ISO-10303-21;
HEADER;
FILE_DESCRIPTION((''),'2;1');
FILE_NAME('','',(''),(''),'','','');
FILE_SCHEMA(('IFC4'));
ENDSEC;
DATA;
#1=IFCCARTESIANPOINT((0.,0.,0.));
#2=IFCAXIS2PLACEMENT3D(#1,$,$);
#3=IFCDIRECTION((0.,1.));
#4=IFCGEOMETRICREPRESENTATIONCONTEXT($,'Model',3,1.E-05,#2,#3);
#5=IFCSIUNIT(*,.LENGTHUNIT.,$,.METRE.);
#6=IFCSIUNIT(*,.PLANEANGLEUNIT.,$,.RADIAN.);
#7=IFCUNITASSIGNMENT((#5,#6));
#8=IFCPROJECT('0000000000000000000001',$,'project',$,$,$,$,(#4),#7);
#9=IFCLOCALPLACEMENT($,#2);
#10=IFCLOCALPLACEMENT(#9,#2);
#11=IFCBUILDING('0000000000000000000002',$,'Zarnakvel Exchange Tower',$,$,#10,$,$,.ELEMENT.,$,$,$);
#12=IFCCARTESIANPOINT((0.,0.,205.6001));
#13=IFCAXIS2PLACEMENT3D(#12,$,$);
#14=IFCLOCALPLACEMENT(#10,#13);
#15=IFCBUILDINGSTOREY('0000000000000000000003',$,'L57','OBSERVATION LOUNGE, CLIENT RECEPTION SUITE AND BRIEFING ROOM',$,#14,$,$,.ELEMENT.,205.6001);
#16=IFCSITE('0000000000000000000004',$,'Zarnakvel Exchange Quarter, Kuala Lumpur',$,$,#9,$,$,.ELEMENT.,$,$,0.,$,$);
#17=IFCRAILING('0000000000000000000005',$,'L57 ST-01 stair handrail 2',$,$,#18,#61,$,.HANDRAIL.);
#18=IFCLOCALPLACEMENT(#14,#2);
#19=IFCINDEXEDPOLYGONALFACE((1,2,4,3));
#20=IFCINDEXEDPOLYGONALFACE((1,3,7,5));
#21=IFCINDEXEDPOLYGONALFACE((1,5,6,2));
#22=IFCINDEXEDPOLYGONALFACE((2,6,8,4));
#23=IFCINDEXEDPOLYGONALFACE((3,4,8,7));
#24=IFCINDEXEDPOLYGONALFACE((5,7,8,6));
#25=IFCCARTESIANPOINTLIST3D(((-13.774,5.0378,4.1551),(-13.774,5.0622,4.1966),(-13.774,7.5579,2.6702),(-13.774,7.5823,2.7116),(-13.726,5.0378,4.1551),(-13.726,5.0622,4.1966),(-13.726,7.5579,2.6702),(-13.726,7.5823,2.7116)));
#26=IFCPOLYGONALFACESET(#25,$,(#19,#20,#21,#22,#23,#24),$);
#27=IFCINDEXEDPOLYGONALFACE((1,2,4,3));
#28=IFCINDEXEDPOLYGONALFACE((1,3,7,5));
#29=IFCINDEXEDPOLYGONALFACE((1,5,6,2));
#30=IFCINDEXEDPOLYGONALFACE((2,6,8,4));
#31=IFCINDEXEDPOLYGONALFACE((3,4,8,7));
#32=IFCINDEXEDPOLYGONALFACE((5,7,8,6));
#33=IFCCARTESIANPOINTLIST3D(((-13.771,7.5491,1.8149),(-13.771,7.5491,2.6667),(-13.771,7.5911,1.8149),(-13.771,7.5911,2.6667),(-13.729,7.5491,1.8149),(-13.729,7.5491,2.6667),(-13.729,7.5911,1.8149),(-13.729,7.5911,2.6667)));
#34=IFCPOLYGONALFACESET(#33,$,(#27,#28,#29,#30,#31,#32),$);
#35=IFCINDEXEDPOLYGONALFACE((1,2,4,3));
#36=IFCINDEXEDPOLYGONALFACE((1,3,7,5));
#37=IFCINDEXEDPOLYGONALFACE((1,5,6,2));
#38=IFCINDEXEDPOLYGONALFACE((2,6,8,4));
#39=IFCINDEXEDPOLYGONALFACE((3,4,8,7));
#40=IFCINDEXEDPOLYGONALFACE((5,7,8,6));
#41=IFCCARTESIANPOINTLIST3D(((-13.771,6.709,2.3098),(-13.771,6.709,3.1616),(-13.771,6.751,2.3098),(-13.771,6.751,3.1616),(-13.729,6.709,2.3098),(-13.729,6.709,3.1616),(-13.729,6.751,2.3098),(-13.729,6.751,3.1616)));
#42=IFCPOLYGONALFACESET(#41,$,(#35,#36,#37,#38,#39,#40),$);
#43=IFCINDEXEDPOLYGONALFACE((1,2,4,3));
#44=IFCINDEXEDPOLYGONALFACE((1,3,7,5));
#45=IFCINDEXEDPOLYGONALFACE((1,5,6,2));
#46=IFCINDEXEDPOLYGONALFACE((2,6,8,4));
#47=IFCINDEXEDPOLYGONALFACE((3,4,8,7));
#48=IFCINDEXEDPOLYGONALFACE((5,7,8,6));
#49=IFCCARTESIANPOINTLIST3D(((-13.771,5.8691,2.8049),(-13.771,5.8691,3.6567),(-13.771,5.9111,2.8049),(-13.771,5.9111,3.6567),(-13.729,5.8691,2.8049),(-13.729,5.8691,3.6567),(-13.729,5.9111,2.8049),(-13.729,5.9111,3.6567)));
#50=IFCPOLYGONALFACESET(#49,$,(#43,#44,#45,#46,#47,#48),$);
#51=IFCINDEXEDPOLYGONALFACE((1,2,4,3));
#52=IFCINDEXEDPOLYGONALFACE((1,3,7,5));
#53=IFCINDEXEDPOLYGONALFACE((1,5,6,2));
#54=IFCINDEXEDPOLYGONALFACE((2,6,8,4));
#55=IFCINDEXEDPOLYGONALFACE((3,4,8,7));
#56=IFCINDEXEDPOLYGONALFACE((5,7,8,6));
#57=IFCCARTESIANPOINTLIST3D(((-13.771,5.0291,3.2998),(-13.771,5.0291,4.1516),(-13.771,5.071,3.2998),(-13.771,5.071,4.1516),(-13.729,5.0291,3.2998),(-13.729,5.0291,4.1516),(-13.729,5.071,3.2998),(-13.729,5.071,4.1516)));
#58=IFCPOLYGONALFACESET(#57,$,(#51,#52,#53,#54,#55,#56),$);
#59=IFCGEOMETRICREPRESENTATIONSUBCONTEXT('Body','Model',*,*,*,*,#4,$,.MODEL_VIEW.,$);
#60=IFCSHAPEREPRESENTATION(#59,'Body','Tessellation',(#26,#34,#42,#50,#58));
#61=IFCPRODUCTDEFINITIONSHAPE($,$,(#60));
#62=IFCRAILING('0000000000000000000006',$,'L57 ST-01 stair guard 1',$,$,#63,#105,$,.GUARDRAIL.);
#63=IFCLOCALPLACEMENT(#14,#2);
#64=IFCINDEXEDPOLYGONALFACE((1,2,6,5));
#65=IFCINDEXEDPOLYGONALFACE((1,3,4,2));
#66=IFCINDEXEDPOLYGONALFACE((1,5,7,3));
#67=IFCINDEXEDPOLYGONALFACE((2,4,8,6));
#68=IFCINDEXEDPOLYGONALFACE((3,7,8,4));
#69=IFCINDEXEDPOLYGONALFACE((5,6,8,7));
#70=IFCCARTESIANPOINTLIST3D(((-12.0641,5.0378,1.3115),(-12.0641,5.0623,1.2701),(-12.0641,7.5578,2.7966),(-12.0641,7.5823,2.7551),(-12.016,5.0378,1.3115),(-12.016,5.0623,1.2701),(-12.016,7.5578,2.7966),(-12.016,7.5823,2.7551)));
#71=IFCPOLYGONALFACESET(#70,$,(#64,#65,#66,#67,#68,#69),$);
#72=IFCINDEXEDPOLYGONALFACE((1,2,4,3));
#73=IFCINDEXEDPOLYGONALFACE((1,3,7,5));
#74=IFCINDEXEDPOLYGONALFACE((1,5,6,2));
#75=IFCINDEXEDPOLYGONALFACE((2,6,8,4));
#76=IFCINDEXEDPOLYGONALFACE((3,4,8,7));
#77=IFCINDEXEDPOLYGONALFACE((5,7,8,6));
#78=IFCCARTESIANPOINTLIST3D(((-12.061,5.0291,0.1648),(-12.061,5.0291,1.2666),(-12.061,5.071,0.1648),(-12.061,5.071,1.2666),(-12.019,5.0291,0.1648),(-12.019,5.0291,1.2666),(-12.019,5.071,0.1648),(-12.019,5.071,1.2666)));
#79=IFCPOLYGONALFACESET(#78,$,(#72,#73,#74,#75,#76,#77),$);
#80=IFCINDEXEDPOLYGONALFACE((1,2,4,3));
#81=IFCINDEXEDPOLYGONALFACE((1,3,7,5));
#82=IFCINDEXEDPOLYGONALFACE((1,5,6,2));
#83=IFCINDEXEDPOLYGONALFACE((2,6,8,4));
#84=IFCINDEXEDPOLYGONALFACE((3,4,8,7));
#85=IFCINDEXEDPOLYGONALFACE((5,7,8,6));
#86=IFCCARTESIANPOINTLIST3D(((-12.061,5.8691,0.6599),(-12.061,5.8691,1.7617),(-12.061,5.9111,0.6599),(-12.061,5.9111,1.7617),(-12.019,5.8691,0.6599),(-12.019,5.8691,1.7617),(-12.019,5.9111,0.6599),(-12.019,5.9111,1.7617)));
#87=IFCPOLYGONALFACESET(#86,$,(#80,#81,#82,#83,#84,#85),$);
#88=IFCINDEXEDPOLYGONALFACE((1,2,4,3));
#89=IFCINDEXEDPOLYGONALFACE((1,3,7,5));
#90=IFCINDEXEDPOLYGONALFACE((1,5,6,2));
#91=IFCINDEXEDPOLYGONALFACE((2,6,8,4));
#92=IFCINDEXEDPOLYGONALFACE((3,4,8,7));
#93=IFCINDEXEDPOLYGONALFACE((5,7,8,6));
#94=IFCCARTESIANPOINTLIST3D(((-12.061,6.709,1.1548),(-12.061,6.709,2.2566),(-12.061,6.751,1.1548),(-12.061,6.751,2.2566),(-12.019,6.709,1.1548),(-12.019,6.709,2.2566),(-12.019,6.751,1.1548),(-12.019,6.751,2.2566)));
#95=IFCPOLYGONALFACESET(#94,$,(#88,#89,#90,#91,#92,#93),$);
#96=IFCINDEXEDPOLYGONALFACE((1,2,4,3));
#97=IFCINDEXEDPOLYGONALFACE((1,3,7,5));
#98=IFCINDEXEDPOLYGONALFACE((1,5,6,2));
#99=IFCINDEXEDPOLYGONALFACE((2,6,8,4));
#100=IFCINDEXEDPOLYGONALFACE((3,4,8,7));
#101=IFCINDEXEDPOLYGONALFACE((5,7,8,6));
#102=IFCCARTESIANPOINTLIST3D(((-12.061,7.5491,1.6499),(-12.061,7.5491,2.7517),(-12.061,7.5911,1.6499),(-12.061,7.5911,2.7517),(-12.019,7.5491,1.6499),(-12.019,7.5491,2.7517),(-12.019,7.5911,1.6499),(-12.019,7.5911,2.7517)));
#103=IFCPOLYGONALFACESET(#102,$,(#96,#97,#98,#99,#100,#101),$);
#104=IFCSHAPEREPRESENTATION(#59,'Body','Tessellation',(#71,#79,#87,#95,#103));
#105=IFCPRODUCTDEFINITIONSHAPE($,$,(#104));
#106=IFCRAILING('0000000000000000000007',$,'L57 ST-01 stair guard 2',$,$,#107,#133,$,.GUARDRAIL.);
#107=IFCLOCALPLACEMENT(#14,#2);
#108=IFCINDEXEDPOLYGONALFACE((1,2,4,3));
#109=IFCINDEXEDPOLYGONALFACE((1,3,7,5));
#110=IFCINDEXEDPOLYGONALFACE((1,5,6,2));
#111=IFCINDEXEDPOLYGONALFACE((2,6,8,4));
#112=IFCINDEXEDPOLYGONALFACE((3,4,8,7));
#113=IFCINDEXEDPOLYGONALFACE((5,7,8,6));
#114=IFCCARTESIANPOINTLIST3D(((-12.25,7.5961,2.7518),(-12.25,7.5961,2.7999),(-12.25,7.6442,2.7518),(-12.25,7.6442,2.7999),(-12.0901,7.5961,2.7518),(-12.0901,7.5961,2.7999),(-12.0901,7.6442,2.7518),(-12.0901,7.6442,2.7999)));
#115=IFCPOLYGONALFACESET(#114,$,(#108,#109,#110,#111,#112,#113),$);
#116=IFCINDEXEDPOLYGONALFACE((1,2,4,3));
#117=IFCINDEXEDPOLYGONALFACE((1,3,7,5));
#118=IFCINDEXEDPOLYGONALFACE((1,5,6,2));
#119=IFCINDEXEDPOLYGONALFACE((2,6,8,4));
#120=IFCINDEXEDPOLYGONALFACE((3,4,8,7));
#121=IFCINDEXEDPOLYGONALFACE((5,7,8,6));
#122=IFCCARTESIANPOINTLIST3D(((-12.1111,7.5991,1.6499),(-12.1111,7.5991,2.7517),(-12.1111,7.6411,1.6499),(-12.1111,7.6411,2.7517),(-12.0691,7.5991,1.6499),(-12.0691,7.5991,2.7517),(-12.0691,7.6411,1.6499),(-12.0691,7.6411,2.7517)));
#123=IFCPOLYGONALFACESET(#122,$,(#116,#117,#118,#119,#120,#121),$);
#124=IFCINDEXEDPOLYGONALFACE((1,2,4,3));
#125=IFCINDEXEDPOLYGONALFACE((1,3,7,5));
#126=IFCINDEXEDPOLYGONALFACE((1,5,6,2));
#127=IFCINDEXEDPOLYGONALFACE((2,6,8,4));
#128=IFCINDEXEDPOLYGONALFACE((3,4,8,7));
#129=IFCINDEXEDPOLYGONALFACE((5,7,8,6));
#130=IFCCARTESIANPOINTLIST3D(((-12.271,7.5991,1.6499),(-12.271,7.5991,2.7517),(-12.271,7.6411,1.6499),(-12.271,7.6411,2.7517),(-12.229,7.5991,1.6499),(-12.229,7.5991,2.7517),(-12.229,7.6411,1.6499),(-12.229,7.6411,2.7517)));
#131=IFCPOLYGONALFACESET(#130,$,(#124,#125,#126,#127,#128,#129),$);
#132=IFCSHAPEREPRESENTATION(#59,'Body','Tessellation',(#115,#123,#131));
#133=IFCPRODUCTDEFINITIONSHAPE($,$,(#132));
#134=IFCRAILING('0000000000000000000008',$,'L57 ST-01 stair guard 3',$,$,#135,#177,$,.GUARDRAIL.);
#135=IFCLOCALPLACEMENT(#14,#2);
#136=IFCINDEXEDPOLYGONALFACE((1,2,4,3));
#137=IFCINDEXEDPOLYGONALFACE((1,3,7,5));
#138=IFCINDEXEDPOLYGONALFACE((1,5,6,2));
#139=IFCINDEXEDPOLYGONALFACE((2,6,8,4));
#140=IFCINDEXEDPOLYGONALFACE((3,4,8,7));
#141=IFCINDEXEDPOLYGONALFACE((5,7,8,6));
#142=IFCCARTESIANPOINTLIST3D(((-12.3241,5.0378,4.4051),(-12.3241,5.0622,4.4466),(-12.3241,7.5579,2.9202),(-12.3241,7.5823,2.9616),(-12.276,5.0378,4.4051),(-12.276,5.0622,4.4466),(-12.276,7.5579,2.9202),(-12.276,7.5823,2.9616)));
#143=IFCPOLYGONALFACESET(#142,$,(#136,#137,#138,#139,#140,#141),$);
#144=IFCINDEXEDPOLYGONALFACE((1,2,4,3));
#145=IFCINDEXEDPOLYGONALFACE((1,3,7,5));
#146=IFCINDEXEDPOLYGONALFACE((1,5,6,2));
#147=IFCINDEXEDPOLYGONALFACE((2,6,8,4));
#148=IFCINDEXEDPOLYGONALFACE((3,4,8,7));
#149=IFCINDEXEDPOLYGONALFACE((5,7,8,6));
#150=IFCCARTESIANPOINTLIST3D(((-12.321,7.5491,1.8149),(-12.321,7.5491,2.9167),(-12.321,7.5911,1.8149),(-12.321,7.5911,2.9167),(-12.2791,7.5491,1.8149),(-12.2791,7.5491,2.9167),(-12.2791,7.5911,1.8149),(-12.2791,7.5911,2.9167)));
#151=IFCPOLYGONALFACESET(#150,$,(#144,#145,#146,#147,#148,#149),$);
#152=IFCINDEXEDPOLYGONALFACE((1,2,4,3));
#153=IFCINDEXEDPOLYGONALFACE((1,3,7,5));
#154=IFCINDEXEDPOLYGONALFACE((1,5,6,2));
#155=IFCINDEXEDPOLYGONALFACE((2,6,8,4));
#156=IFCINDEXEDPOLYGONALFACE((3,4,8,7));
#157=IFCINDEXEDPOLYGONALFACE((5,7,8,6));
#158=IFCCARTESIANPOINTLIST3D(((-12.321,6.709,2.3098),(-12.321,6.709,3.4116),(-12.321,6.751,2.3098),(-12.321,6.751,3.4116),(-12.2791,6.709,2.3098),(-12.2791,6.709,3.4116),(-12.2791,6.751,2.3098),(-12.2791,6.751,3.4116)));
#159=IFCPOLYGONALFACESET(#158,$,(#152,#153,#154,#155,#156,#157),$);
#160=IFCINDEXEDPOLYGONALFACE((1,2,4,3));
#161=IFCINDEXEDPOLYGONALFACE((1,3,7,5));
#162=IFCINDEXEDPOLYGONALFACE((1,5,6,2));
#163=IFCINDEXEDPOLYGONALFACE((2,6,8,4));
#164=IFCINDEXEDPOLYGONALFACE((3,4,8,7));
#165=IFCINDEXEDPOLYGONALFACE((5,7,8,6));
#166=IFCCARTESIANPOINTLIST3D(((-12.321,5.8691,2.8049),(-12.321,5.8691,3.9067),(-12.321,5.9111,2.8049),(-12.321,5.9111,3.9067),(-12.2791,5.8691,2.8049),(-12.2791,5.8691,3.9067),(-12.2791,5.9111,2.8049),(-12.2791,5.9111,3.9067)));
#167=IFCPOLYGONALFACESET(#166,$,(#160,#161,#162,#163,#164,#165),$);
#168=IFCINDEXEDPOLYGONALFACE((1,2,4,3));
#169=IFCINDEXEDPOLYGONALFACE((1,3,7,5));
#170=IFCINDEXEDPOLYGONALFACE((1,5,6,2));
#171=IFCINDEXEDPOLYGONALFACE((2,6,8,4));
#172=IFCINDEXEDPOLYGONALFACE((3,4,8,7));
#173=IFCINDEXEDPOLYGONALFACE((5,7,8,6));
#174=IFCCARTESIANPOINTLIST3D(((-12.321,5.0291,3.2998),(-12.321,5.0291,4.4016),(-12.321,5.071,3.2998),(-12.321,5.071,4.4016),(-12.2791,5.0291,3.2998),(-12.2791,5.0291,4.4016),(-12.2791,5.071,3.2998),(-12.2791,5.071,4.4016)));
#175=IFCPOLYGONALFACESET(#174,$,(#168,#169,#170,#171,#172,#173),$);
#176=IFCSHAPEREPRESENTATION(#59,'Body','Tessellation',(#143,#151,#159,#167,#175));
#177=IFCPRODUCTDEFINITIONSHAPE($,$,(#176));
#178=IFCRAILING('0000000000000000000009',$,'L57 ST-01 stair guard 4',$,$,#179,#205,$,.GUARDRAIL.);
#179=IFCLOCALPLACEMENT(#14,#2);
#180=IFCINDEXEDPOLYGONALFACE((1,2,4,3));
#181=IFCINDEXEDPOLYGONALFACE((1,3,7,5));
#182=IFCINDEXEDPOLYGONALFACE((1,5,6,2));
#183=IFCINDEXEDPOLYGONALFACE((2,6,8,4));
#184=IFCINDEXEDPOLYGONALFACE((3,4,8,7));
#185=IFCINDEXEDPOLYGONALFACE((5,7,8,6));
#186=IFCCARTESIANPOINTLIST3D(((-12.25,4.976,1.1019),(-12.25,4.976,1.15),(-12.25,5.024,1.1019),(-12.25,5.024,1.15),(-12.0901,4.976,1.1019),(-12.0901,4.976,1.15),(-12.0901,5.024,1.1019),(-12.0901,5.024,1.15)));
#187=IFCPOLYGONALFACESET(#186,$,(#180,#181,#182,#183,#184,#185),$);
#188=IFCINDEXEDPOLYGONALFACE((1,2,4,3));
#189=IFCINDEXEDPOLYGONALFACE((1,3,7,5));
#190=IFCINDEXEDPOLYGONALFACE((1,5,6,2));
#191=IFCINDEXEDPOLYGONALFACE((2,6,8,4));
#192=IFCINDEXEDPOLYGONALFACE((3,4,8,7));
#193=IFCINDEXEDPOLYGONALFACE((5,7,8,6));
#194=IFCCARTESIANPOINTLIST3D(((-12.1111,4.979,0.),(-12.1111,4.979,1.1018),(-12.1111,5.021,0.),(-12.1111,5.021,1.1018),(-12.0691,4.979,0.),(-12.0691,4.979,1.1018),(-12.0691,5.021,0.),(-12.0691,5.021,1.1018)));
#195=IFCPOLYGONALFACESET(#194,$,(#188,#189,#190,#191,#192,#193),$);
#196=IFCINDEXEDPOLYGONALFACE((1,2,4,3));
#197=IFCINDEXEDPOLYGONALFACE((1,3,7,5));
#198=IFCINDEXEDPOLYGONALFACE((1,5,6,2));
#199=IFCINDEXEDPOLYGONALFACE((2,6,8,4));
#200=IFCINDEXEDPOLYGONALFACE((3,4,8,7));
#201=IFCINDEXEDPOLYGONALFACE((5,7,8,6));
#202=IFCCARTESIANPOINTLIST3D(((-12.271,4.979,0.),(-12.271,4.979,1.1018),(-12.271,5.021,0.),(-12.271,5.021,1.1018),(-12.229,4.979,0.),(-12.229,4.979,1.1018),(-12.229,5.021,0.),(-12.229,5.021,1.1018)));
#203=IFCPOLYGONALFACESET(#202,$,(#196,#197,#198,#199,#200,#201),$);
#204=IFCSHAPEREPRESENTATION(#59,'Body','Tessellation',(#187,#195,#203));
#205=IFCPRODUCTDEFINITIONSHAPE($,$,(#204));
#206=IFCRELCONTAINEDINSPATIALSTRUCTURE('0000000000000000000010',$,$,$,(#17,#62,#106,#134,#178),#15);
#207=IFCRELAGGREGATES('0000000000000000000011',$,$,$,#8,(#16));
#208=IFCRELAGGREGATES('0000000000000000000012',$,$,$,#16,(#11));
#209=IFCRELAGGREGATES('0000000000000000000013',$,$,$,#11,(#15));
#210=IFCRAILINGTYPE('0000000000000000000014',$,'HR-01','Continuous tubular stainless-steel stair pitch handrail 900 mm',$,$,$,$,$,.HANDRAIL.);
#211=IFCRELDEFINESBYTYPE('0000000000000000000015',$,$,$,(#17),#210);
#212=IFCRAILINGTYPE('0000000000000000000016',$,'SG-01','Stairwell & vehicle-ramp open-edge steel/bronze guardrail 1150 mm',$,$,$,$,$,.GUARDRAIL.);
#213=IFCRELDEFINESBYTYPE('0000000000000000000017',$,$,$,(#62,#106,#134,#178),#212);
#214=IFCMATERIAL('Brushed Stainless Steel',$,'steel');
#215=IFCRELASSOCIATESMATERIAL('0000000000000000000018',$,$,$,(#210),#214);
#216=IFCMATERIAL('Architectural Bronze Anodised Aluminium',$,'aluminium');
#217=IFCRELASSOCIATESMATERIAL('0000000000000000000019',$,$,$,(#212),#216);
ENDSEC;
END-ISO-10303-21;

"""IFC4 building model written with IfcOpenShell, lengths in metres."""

from ifc_helpers import new_model, si_unit, direction, frame, origin, origin_2d, place, context, subcontext, project, spatial, rectangle, extrude, material, type_object, element, save


model = new_model("IFC4")

# Units and contexts
model_context = context("Model", 3, precision=1e-05, world=origin(), true_north=direction((0.0, 1.0)))
body_context = subcontext(model_context, "Body", "Model", "MODEL_VIEW")
ifc_project = project(units=[si_unit("LENGTHUNIT", "METRE"), si_unit("PLANEANGLEUNIT", "RADIAN")], contexts=[model_context])

# Site, building, storey
site_placement = place(None, origin())
site = spatial("IfcSite", under=ifc_project, at=site_placement, Name="Zarnakvel Exchange Quarter, Kuala Lumpur", CompositionType="ELEMENT", RefElevation=0.0)
building_placement = place(site_placement, origin())
building = spatial("IfcBuilding", under=site, at=building_placement, Name="Zarnakvel Exchange Tower", CompositionType="ELEMENT")
storey_placement = place(building_placement, frame((0.0, 0.0, 205.6001)))
storey = spatial("IfcBuildingStorey", under=building, at=storey_placement, Name="L57", Description="OBSERVATION LOUNGE, CLIENT RECEPTION SUITE AND BRIEFING ROOM", CompositionType="ELEMENT", Elevation=205.6001)

# Shared definitions
ifc_material_1 = material(Name="Architectural Bronze Anodised Aluminium", Category="aluminium")

# Railings
ifc_material_2 = material(Name="Brushed Stainless Steel", Category="steel")
railing_type_1 = type_object("IfcRailingType", Name="HR-01", Description="Continuous tubular stainless-steel stair pitch handrail 900 mm", PredefinedType="HANDRAIL", material=ifc_material_2)
railing_1_placement = place(storey_placement, frame((-13.75, 7.5701, 1.8149)))
element("IfcRailing", 1, at=railing_1_placement, inside=storey, type_object=railing_type_1, Name="L57 ST-01 stair handrail 2", PredefinedType="HANDRAIL", context=body_context, shape_type="SweptSolid", body=[
    extrude(rectangle(XDim=0.0481, YDim=0.0481, at=origin_2d()), frame((0.0, 0.0, 0.876), z_axis=(0.0, -0.861561, 0.507655), x_axis=(1.0, 0.0, 0.0)), (0.0, 0.0, 1.0), 2.925),
    extrude(rectangle(XDim=0.042, YDim=0.042, at=origin_2d()), origin(), (0.0, 0.0, 1.0), 0.8518),
    extrude(rectangle(XDim=0.042, YDim=0.042, at=origin_2d()), frame((0.0, -0.8401, 0.4949)), (0.0, 0.0, 1.0), 0.8518),
    extrude(rectangle(XDim=0.042, YDim=0.042, at=origin_2d()), frame((0.0, -1.6799, 0.99)), (0.0, 0.0, 1.0), 0.8518),
    extrude(rectangle(XDim=0.042, YDim=0.042, at=origin_2d()), frame((0.0, -2.52, 1.4849)), (0.0, 0.0, 1.0), 0.8518),
])
railing_type_2 = type_object("IfcRailingType", Name="SG-01", Description="Stairwell & vehicle-ramp open-edge steel/bronze guardrail 1150 mm", PredefinedType="GUARDRAIL", material=ifc_material_1)
railing_2_placement = place(storey_placement, frame((-12.04, 5.05, 0.1648)))
element("IfcRailing", 2, at=railing_2_placement, inside=storey, type_object=railing_type_2, Name="L57 ST-01 stair guard 1", PredefinedType="GUARDRAIL", context=body_context, shape_type="SweptSolid", body=[
    extrude(rectangle(XDim=0.0481, YDim=0.0481, at=origin_2d()), frame((0.0, 0.0, 1.126), z_axis=(0.0, 0.861524, 0.507717), x_axis=(-1.0, 0.0, 0.0)), (0.0, 0.0, 1.0), 2.925),
    extrude(rectangle(XDim=0.042, YDim=0.042, at=origin_2d()), origin(), (0.0, 0.0, 1.0), 1.1018),
    extrude(rectangle(XDim=0.042, YDim=0.042, at=origin_2d()), frame((0.0, 0.8401, 0.4951)), (0.0, 0.0, 1.0), 1.1018),
    extrude(rectangle(XDim=0.042, YDim=0.042, at=origin_2d()), frame((0.0, 1.6799, 0.99)), (0.0, 0.0, 1.0), 1.1018),
    extrude(rectangle(XDim=0.042, YDim=0.042, at=origin_2d()), frame((0.0, 2.52, 1.4851)), (0.0, 0.0, 1.0), 1.1018),
])
railing_3_placement = place(storey_placement, frame((-12.0901, 7.6201, 1.6499)))
element("IfcRailing", 3, at=railing_3_placement, inside=storey, type_object=railing_type_2, Name="L57 ST-01 stair guard 2", PredefinedType="GUARDRAIL", context=body_context, shape_type="SweptSolid", body=[
    extrude(rectangle(XDim=0.0481, YDim=0.0481, at=origin_2d()), frame((0.0, 0.0, 1.126), z_axis=(-1.0, 0.0, 0.0), x_axis=(0.0, -1.0, 0.0)), (0.0, 0.0, 1.0), 0.1599),
    extrude(rectangle(XDim=0.042, YDim=0.042, at=origin_2d()), origin(), (0.0, 0.0, 1.0), 1.1018),
    extrude(rectangle(XDim=0.042, YDim=0.042, at=origin_2d()), frame((-0.1599, 0.0, 0.0)), (0.0, 0.0, 1.0), 1.1018),
])
railing_4_placement = place(storey_placement, frame((-12.3, 7.5701, 1.8149)))
element("IfcRailing", 4, at=railing_4_placement, inside=storey, type_object=railing_type_2, Name="L57 ST-01 stair guard 3", PredefinedType="GUARDRAIL", context=body_context, shape_type="SweptSolid", body=[
    extrude(rectangle(XDim=0.0481, YDim=0.0481, at=origin_2d()), frame((0.0, 0.0, 1.126), z_axis=(0.0, -0.861561, 0.507655), x_axis=(1.0, 0.0, 0.0)), (0.0, 0.0, 1.0), 2.925),
    extrude(rectangle(XDim=0.042, YDim=0.042, at=origin_2d()), origin(), (0.0, 0.0, 1.0), 1.1018),
    extrude(rectangle(XDim=0.042, YDim=0.042, at=origin_2d()), frame((0.0, -0.8401, 0.4949)), (0.0, 0.0, 1.0), 1.1018),
    extrude(rectangle(XDim=0.042, YDim=0.042, at=origin_2d()), frame((0.0, -1.6799, 0.99)), (0.0, 0.0, 1.0), 1.1018),
    extrude(rectangle(XDim=0.042, YDim=0.042, at=origin_2d()), frame((0.0, -2.52, 1.4849)), (0.0, 0.0, 1.0), 1.1018),
])
railing_5_placement = place(storey_placement, frame((-12.0901, 5.0, 0.0)))
element("IfcRailing", 5, at=railing_5_placement, inside=storey, type_object=railing_type_2, Name="L57 ST-01 stair guard 4", PredefinedType="GUARDRAIL", context=body_context, shape_type="SweptSolid", body=[
    extrude(rectangle(XDim=0.0481, YDim=0.0481, at=origin_2d()), frame((0.0, 0.0, 1.126), z_axis=(-1.0, 0.0, 0.0), x_axis=(0.0, -1.0, 0.0)), (0.0, 0.0, 1.0), 0.1599),
    extrude(rectangle(XDim=0.042, YDim=0.042, at=origin_2d()), origin(), (0.0, 0.0, 1.0), 1.1018),
    extrude(rectangle(XDim=0.042, YDim=0.042, at=origin_2d()), frame((-0.1599, 0.0, 0.0)), (0.0, 0.0, 1.0), 1.1018),
])

save(model, "model.ifc")
